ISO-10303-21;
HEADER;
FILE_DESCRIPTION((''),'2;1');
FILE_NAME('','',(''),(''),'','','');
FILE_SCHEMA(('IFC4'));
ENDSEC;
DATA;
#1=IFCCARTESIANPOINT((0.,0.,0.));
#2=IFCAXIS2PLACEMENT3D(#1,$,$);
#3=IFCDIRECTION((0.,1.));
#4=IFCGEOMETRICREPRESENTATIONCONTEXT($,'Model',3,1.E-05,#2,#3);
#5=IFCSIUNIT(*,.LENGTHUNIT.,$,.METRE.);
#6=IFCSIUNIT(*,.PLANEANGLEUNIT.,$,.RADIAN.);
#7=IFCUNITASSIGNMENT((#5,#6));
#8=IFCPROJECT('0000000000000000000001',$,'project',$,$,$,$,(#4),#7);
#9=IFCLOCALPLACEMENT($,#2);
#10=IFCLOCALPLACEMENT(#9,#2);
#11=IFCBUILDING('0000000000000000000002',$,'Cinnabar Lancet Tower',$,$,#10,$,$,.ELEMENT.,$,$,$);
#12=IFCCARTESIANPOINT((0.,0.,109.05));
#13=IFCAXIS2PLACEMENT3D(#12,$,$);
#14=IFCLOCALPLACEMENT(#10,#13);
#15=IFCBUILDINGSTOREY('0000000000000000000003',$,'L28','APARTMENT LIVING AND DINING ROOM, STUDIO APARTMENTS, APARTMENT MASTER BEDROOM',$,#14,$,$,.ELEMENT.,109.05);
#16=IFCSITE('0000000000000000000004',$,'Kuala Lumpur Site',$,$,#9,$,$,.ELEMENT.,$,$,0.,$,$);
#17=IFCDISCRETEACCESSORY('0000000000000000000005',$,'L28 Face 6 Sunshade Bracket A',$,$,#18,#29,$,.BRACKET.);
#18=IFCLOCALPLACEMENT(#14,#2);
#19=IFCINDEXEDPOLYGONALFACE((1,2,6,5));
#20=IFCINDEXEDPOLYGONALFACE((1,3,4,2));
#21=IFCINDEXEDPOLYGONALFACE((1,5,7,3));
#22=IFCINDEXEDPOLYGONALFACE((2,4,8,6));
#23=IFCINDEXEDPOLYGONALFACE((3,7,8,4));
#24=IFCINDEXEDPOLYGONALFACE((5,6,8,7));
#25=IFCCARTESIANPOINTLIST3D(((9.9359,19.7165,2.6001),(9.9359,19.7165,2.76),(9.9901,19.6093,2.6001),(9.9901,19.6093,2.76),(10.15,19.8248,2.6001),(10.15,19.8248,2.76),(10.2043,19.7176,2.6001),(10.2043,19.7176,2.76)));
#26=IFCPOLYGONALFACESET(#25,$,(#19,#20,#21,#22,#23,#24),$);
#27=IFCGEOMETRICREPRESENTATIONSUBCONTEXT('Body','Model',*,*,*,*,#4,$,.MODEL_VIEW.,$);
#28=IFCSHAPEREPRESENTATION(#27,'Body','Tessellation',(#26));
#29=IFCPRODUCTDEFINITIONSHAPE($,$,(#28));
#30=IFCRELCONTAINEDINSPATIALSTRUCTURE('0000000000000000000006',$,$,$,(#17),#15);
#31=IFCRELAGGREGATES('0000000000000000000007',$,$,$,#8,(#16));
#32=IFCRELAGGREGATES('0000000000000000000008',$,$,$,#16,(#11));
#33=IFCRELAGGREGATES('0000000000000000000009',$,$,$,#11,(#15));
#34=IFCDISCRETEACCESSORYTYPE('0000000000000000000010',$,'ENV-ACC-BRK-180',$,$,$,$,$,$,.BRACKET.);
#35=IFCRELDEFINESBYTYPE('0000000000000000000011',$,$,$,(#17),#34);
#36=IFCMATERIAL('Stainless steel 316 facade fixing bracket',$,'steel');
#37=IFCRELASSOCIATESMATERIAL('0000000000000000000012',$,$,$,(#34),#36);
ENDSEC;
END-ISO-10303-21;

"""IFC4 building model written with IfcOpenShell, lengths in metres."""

from ifc_helpers import new_model, si_unit, direction, frame, origin, origin_2d, place, context, subcontext, project, spatial, rectangle, extrude, material, type_object, element, save


model = new_model("IFC4")

# Units and contexts
model_context = context("Model", 3, precision=1e-05, world=origin(), true_north=direction((0.0, 1.0)))
body_context = subcontext(model_context, "Body", "Model", "MODEL_VIEW")
ifc_project = project(units=[si_unit("LENGTHUNIT", "METRE"), si_unit("PLANEANGLEUNIT", "RADIAN")], contexts=[model_context])

# Site, building, storey
site_placement = place(None, origin())
site = spatial("IfcSite", under=ifc_project, at=site_placement, Name="Kuala Lumpur Site", CompositionType="ELEMENT", RefElevation=0.0)
building_placement = place(site_placement, origin())
building = spatial("IfcBuilding", under=site, at=building_placement, Name="Cinnabar Lancet Tower", CompositionType="ELEMENT")
storey_placement = place(building_placement, frame((0.0, 0.0, 109.05)))
storey = spatial("IfcBuildingStorey", under=building, at=storey_placement, Name="L28", Description="APARTMENT LIVING AND DINING ROOM, STUDIO APARTMENTS, APARTMENT MASTER BEDROOM", CompositionType="ELEMENT", Elevation=109.05)

# Discrete accessory
ifc_material_1 = material(Name="Stainless steel 316 facade fixing bracket", Category="steel")
discrete_accessory_type = type_object("IfcDiscreteAccessoryType", Name="ENV-ACC-BRK-180", PredefinedType="BRACKET", material=ifc_material_1)
discrete_accessory_placement = place(storey_placement, frame((10.0701, 19.717, 2.6001), z_axis=(0.0, 0.0, 1.0), x_axis=(0.451454, -0.892294, 0.0)))
element("IfcDiscreteAccessory", 1, at=discrete_accessory_placement, inside=storey, type_object=discrete_accessory_type, Name="L28 Face 6 Sunshade Bracket A", PredefinedType="BRACKET", context=body_context, shape_type="SweptSolid", body=[
    extrude(rectangle(XDim=0.1201, YDim=0.24, at=origin_2d()), origin(), (0.0, 0.0, 1.0), 0.1599),
])

save(model, "model.ifc")
